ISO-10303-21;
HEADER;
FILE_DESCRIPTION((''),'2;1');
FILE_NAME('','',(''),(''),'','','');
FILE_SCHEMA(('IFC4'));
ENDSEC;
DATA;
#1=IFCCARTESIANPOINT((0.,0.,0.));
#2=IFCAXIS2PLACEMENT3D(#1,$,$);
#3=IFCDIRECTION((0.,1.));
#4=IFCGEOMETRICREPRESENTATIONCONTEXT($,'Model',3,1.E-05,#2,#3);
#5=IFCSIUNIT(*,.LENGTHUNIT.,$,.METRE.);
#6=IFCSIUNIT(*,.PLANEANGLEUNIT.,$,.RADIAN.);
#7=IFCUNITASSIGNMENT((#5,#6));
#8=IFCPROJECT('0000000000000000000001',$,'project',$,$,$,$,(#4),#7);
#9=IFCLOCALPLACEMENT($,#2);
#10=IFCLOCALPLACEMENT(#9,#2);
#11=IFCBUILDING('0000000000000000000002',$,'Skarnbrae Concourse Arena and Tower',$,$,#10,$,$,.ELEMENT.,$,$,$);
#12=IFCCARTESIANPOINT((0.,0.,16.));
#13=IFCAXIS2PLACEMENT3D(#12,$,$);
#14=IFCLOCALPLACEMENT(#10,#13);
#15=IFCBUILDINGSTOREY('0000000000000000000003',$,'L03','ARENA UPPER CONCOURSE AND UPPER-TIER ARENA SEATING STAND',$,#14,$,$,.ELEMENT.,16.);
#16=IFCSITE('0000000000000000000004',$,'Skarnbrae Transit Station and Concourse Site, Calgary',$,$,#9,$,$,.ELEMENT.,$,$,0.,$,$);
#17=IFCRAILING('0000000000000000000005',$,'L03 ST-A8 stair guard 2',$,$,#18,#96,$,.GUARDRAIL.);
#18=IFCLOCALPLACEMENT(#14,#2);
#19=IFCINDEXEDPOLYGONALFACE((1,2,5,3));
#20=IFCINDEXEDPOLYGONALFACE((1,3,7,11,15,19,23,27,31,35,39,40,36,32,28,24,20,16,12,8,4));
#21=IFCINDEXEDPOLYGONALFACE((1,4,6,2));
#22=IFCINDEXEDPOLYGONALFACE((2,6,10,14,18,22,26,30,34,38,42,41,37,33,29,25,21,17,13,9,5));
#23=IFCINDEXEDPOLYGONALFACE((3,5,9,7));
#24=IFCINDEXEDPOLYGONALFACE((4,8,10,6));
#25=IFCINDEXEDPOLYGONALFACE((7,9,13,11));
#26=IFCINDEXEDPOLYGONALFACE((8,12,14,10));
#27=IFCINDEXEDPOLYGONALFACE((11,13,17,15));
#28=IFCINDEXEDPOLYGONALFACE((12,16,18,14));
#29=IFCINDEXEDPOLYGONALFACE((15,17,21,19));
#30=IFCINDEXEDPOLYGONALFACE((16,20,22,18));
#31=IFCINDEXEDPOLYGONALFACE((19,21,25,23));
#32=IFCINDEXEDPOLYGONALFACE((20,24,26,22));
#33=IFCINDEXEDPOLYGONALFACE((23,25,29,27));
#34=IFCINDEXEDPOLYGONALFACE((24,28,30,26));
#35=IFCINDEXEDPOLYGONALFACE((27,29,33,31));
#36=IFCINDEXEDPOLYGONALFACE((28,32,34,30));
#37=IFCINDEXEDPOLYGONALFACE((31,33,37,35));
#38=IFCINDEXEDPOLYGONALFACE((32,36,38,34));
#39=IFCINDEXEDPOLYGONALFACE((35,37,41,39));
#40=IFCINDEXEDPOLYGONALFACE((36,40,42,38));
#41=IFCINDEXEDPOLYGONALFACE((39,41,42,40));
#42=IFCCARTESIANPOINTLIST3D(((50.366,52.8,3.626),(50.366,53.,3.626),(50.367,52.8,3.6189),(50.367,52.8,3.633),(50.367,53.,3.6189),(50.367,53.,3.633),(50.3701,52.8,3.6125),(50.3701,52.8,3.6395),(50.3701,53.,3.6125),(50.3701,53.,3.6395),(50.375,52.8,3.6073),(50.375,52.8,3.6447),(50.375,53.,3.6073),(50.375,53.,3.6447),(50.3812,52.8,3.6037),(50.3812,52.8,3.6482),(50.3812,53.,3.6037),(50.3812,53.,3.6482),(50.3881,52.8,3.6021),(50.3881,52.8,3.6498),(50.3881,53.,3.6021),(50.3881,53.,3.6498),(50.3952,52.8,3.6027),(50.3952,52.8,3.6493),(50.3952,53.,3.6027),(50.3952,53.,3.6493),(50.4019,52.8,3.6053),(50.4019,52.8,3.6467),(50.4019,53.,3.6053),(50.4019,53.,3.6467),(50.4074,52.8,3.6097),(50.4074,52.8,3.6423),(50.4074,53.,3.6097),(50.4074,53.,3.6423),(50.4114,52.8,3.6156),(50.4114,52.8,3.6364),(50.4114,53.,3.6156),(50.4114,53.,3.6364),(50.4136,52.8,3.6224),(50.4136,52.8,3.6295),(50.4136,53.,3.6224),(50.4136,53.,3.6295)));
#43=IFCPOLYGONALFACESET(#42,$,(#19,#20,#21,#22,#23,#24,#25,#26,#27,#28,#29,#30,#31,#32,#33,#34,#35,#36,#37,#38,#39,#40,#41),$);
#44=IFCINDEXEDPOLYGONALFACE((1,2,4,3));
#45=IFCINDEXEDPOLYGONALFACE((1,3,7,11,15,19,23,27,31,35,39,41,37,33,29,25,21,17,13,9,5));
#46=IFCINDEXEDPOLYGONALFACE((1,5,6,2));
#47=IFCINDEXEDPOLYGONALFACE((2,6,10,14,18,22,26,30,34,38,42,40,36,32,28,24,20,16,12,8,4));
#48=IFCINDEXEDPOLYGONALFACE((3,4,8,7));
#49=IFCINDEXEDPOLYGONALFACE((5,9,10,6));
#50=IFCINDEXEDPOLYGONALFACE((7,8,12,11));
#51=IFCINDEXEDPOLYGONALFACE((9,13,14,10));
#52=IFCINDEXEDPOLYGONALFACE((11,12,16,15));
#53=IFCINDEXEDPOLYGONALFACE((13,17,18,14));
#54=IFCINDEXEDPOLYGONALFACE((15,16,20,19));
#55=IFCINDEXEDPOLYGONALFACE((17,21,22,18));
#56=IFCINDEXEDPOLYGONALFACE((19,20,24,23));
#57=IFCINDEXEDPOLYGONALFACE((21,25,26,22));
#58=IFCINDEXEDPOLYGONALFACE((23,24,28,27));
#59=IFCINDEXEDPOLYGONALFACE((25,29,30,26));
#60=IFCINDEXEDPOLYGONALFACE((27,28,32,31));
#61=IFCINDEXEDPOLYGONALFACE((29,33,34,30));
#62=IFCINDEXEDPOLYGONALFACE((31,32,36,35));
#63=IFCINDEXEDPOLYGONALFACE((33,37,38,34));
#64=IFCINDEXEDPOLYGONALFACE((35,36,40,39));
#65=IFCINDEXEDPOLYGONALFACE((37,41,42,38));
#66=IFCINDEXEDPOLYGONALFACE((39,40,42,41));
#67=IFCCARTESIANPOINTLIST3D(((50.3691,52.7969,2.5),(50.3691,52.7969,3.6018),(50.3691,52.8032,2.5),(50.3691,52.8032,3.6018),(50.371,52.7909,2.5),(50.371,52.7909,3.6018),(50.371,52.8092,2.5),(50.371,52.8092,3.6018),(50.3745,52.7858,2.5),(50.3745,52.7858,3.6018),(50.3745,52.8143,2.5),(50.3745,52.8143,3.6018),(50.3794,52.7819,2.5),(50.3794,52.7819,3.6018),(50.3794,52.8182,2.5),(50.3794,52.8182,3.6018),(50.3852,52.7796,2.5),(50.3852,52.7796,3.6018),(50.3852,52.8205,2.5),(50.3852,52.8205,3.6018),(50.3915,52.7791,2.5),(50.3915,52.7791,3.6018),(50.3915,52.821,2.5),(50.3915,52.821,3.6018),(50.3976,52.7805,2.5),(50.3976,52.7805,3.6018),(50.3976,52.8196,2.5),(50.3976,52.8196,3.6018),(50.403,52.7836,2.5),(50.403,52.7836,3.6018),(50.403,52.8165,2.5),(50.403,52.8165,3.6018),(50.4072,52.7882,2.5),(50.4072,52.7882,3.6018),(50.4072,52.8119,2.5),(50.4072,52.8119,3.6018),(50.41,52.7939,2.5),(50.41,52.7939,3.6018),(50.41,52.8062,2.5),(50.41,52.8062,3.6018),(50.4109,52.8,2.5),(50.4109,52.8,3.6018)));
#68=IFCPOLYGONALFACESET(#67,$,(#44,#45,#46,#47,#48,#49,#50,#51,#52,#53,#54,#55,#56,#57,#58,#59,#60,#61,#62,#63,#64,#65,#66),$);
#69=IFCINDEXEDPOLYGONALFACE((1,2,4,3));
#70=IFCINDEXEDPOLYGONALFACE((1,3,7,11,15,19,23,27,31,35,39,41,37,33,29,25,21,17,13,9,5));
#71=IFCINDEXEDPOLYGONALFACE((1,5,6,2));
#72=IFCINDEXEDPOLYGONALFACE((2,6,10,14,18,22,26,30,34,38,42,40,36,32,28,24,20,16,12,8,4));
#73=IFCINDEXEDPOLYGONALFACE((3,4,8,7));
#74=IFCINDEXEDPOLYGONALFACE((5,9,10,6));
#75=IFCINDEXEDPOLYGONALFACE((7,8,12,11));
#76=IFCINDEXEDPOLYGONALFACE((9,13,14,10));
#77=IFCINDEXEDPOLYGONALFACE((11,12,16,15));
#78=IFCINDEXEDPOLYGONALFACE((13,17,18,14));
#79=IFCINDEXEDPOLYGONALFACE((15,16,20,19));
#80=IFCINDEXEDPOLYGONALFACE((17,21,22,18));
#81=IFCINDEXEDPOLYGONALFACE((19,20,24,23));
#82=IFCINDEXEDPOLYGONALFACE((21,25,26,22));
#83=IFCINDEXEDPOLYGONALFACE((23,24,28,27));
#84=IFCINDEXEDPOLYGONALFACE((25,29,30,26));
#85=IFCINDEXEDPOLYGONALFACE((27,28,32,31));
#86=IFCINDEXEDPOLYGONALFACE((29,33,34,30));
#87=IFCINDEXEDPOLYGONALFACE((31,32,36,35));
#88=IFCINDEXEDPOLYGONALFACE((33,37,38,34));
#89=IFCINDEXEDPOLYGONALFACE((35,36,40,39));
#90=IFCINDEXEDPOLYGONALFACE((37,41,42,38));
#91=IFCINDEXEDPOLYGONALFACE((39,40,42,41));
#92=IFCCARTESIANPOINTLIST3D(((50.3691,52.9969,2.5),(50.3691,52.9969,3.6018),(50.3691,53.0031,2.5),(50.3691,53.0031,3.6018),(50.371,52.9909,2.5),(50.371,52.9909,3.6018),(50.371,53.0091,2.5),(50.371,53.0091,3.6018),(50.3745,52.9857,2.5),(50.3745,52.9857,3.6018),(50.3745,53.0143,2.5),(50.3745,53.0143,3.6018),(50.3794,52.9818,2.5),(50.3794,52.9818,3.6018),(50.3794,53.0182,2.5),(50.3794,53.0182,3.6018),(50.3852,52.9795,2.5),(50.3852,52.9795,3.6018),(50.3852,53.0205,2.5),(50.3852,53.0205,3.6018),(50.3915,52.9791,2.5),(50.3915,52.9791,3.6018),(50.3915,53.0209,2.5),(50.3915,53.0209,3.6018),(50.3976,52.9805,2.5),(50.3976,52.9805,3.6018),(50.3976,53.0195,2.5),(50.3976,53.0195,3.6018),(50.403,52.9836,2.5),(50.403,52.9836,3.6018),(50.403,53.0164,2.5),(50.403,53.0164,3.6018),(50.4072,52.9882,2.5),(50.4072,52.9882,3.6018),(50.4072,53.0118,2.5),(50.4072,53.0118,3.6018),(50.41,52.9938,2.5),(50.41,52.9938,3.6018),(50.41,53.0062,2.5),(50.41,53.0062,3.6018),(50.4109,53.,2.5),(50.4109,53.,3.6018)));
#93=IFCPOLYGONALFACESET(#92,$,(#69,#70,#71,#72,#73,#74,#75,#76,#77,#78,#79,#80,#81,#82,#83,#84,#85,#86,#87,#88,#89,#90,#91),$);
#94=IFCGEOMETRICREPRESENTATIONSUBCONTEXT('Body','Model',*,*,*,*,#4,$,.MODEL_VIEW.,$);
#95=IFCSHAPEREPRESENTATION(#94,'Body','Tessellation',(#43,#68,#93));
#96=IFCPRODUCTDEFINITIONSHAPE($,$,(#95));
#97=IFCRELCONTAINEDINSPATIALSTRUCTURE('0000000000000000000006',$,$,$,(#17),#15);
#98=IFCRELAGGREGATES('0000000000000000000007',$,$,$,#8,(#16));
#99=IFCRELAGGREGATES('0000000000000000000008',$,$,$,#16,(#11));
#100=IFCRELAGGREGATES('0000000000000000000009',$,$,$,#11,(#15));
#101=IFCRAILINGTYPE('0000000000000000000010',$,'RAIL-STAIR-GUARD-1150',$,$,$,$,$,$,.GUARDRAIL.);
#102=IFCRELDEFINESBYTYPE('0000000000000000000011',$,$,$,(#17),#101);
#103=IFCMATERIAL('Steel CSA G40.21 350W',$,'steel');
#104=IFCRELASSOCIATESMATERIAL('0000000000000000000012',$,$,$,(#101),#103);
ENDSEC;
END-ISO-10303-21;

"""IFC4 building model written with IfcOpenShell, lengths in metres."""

from ifc_helpers import new_model, si_unit, direction, frame, origin, origin_2d, place, context, subcontext, project, spatial, circle, extrude, material, type_object, element, save


model = new_model("IFC4")

# Units and contexts
model_context = context("Model", 3, precision=1e-05, world=origin(), true_north=direction((0.0, 1.0)))
body_context = subcontext(model_context, "Body", "Model", "MODEL_VIEW")
ifc_project = project(units=[si_unit("LENGTHUNIT", "METRE"), si_unit("PLANEANGLEUNIT", "RADIAN")], contexts=[model_context])

# Site, building, storey
site_placement = place(None, origin())
site = spatial("IfcSite", under=ifc_project, at=site_placement, Name="Skarnbrae Transit Station and Concourse Site, Calgary", CompositionType="ELEMENT", RefElevation=0.0)
building_placement = place(site_placement, origin())
building = spatial("IfcBuilding", under=site, at=building_placement, Name="Skarnbrae Concourse Arena and Tower", CompositionType="ELEMENT")
storey_placement = place(building_placement, frame((0.0, 0.0, 16.0)))
storey = spatial("IfcBuildingStorey", under=building, at=storey_placement, Name="L03", Description="ARENA UPPER CONCOURSE AND UPPER-TIER ARENA SEATING STAND", CompositionType="ELEMENT", Elevation=16.0)

# Shared definitions
ifc_material_1 = material(Name="Steel CSA G40.21 350W", Category="steel")

# Railing
railing_type_1 = type_object("IfcRailingType", Name="RAIL-STAIR-GUARD-1150", PredefinedType="GUARDRAIL", material=ifc_material_1)
railing_1_placement = place(storey_placement, frame((50.3899, 52.8, 2.5)))
element("IfcRailing", 1, at=railing_1_placement, inside=storey, type_object=railing_type_1, Name="L03 ST-A8 stair guard 2", PredefinedType="GUARDRAIL", context=body_context, shape_type="SweptSolid", body=[
    extrude(circle(Radius=0.0239, at=origin_2d()), frame((0.0, 0.0, 1.126), z_axis=(0.0, 1.0, 0.0), x_axis=(-1.0, 0.0, 0.0)), (0.0, 0.0, 1.0), 0.2),
    extrude(circle(Radius=0.021, at=origin_2d()), origin(), (0.0, 0.0, 1.0), 1.1018),
    extrude(circle(Radius=0.021, at=origin_2d()), frame((0.0, 0.2, 0.0)), (0.0, 0.0, 1.0), 1.1018),
])

save(model, "model.ifc")
